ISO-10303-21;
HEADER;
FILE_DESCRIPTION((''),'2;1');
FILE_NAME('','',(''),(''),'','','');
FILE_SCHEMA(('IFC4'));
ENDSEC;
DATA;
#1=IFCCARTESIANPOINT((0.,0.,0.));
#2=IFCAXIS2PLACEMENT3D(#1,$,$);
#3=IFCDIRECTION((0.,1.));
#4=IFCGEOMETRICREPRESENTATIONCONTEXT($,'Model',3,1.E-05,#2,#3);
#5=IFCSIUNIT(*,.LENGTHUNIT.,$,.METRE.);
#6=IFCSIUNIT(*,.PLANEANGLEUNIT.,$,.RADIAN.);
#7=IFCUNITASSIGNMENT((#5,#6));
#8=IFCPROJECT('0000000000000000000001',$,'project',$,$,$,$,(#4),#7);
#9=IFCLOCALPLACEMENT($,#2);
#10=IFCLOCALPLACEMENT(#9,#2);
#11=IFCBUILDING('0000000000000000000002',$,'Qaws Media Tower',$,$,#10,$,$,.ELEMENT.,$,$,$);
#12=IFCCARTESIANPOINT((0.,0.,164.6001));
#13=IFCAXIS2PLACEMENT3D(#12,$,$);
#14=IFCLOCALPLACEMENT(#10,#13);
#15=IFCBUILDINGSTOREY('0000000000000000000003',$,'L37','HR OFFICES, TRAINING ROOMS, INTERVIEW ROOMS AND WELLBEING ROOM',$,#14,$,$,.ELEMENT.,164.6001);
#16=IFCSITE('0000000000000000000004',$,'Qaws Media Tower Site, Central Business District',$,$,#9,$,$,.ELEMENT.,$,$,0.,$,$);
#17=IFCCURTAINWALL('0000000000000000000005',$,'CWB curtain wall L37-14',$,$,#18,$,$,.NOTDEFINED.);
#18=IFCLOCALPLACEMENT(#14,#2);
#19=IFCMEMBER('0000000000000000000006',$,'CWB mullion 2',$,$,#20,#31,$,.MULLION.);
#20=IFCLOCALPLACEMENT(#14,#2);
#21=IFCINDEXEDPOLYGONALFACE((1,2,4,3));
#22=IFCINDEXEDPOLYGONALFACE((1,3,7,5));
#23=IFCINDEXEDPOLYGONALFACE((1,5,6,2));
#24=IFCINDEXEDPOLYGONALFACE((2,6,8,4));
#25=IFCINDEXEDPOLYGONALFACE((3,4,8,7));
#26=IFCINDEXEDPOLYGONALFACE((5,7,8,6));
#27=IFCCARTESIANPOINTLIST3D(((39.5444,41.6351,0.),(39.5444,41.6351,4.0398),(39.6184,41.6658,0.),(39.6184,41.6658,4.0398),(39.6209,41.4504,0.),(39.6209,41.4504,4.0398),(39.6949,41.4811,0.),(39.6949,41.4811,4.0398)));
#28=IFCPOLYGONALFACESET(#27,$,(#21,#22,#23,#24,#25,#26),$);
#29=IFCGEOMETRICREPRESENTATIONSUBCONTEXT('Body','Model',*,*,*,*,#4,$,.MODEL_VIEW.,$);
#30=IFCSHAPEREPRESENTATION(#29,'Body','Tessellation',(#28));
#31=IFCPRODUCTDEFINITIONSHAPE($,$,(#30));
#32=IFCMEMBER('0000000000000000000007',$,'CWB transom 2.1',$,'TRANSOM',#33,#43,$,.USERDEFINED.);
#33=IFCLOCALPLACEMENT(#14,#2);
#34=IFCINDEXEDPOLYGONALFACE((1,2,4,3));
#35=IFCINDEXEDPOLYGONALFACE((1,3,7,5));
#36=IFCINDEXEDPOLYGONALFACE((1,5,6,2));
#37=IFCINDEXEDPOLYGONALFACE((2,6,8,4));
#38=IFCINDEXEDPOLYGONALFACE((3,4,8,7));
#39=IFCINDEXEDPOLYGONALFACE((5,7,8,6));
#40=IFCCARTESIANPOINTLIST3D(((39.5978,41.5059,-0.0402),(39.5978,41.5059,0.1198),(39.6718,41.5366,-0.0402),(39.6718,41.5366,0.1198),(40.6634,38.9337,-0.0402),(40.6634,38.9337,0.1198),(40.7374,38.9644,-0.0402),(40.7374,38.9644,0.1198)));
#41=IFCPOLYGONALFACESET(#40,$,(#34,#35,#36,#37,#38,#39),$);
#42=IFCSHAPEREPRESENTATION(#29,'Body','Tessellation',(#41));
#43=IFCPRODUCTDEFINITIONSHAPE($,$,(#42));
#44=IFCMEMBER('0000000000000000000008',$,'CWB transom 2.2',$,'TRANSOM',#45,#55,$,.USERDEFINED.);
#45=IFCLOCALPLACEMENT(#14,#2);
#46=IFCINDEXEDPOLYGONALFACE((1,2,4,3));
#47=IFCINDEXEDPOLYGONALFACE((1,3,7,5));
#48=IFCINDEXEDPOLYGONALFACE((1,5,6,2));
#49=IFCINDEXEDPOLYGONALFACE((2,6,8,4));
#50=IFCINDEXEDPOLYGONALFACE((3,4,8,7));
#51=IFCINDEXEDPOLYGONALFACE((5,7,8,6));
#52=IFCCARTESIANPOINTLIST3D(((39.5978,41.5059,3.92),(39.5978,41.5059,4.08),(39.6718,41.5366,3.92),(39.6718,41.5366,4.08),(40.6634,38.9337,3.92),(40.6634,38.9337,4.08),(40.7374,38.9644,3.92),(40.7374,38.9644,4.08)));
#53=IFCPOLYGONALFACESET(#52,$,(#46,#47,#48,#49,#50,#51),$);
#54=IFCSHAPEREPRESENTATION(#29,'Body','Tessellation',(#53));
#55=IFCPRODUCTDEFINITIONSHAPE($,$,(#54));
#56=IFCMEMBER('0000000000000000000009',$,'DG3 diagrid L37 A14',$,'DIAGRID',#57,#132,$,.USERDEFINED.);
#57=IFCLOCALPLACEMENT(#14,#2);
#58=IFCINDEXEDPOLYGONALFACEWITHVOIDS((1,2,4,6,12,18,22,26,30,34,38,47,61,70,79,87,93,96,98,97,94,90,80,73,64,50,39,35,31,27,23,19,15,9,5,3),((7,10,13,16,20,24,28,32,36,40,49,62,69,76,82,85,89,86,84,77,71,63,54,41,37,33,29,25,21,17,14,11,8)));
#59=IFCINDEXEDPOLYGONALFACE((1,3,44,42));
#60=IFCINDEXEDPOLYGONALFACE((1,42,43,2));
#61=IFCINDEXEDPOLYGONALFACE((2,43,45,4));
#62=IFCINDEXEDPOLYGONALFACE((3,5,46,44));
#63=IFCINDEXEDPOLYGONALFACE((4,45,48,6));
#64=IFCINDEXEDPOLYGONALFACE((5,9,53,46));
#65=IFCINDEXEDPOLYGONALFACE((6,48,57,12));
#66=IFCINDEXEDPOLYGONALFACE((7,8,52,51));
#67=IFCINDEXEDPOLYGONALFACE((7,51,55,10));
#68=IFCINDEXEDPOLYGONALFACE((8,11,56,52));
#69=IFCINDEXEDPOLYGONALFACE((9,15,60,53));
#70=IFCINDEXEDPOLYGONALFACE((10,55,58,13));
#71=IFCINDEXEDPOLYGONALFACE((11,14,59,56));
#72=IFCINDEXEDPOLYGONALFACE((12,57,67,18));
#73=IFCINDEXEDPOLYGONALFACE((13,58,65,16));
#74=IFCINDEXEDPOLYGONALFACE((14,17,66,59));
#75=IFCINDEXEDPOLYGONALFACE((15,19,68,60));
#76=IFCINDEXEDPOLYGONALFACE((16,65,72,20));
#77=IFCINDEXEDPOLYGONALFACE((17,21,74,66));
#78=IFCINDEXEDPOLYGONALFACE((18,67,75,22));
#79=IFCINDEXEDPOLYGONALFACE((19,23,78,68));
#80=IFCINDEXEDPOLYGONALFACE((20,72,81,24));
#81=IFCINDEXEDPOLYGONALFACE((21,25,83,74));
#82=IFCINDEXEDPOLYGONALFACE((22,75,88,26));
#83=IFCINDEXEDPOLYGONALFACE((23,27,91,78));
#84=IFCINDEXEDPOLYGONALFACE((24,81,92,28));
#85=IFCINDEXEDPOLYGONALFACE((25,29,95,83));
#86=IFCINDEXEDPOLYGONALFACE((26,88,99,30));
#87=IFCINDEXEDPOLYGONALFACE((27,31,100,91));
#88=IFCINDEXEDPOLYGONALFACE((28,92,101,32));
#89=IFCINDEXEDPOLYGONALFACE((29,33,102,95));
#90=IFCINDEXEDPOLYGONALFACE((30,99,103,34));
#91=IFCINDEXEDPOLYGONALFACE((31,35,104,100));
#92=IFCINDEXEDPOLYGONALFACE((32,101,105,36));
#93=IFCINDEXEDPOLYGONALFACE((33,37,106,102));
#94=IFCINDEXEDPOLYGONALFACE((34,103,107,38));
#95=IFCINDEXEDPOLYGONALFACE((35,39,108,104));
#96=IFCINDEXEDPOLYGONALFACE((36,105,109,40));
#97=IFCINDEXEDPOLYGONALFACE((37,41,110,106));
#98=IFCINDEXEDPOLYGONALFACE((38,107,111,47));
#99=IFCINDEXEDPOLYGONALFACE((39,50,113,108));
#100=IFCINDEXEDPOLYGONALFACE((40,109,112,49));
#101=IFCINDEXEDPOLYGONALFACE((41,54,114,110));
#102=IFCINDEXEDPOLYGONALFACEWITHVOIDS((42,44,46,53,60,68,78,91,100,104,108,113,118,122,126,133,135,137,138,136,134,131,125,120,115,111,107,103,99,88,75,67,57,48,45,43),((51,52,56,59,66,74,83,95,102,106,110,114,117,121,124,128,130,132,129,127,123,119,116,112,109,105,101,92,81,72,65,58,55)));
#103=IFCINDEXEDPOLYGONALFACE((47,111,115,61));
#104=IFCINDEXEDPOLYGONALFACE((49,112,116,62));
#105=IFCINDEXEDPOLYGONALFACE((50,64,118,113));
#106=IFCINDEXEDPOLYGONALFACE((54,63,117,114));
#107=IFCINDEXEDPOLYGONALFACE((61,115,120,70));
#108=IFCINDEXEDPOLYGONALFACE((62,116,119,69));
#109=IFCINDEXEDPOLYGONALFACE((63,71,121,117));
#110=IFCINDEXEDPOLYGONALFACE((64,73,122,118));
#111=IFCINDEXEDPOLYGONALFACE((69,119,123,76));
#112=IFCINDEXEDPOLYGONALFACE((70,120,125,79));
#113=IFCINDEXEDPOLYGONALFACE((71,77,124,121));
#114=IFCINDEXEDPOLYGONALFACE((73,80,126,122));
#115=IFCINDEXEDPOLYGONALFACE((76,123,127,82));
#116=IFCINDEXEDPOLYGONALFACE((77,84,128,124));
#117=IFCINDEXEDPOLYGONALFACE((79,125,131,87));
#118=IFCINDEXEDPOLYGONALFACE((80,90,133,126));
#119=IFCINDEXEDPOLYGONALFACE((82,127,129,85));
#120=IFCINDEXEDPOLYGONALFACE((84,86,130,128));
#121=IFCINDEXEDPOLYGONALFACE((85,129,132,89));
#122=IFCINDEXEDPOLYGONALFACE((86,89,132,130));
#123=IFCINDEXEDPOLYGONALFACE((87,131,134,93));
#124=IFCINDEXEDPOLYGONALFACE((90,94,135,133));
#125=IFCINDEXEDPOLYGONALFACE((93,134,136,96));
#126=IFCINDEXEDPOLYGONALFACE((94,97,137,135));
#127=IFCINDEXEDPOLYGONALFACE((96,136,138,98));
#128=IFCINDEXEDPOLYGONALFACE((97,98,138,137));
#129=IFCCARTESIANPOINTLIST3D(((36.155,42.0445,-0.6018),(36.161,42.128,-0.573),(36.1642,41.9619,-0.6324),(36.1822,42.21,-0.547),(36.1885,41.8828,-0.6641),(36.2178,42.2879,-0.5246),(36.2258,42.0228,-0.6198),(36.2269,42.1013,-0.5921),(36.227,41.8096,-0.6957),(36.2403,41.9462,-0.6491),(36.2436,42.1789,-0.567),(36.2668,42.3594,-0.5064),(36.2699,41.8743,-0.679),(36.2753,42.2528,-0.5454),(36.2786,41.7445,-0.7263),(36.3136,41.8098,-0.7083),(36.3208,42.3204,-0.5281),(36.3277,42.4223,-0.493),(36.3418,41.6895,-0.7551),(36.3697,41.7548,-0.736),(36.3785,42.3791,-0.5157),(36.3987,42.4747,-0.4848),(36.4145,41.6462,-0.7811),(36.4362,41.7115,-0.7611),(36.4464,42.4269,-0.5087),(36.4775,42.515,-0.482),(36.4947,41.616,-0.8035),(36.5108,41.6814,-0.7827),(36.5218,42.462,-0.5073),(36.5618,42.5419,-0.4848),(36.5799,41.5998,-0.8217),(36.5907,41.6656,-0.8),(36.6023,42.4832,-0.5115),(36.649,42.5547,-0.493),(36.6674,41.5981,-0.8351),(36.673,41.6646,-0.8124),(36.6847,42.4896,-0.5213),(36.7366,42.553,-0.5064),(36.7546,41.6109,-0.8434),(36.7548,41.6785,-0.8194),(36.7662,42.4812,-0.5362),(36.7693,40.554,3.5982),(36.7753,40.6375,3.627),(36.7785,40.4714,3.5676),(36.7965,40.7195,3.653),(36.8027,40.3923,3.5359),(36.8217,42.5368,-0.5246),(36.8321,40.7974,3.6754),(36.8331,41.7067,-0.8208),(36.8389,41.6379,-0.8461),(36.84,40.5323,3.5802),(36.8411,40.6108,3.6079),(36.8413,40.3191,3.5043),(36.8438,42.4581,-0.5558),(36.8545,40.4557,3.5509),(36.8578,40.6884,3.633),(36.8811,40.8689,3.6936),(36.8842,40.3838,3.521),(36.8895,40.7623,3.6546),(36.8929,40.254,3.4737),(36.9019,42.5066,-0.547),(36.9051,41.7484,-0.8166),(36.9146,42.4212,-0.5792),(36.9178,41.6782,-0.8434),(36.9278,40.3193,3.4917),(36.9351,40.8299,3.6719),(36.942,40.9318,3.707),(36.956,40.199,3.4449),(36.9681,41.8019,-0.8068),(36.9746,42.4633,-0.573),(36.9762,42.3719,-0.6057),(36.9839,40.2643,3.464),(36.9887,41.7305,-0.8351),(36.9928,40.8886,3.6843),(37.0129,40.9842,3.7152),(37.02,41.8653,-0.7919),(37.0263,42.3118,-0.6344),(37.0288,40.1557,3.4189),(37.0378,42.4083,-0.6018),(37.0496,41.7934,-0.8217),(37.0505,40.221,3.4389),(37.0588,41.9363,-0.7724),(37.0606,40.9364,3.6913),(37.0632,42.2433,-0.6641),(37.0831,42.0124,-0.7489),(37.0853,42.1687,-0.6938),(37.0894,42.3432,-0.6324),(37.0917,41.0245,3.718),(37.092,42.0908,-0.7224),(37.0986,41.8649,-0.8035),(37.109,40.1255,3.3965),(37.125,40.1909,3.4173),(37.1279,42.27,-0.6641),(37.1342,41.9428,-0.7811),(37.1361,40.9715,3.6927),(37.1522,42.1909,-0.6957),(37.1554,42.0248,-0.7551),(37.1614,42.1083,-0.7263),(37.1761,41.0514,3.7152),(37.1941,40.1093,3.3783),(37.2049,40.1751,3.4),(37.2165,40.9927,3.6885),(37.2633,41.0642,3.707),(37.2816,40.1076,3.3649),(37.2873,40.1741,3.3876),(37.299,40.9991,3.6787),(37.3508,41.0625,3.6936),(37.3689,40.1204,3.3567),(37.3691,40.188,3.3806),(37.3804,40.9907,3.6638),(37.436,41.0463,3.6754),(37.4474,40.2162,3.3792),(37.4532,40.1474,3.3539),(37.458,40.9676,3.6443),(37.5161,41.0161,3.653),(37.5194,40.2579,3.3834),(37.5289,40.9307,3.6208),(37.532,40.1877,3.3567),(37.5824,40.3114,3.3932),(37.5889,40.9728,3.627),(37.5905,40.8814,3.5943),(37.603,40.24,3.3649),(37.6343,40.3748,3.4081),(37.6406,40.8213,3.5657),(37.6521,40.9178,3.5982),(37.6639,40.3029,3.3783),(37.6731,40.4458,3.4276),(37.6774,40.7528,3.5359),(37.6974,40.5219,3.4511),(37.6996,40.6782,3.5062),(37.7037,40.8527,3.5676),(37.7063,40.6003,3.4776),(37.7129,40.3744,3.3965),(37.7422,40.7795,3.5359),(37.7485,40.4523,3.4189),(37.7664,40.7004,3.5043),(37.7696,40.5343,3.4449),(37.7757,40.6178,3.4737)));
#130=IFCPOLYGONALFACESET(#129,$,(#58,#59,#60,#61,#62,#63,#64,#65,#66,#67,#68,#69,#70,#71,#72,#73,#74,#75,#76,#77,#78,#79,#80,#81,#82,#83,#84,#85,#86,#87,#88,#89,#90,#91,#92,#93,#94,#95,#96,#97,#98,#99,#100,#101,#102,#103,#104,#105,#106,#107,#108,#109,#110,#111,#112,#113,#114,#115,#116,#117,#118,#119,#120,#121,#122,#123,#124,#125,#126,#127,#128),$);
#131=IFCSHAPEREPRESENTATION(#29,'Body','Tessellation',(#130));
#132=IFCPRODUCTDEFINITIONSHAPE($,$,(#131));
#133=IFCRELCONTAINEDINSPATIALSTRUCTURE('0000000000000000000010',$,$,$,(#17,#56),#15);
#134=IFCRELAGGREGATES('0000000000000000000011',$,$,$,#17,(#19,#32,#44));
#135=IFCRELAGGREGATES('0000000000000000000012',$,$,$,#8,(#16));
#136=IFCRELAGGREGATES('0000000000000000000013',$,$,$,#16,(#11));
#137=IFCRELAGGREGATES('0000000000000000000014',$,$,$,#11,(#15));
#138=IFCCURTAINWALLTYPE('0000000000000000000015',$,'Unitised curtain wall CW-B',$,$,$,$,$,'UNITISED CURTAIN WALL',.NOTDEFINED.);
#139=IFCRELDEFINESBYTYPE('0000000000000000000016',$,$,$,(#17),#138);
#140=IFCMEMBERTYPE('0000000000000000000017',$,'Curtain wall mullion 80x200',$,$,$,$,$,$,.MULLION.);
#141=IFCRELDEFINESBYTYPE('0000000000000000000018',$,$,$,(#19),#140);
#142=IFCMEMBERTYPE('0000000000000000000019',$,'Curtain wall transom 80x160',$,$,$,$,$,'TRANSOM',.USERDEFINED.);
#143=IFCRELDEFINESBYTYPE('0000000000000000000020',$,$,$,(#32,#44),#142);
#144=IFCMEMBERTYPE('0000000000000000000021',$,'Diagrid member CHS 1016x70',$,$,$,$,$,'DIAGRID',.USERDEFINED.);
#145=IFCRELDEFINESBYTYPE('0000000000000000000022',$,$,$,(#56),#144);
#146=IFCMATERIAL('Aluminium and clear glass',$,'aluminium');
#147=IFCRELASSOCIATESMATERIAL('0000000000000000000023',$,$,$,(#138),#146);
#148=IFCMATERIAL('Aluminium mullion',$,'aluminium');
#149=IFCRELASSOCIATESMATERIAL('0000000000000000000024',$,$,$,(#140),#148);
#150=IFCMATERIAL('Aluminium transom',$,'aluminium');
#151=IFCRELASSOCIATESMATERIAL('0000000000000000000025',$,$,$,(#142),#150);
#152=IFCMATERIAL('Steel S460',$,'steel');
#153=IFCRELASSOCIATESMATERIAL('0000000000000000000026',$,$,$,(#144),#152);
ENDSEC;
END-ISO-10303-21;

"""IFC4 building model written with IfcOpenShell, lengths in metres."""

from ifc_helpers import new_model, si_unit, direction, frame, origin, origin_2d, place, context, subcontext, project, spatial, rectangle, hollow_circle, extrude, material, material_profile, profile_set, type_object, element, aggregate, save


model = new_model("IFC4")

# Units and contexts
model_context = context("Model", 3, precision=1e-05, world=origin(), true_north=direction((0.0, 1.0)))
body_context = subcontext(model_context, "Body", "Model", "MODEL_VIEW")
ifc_project = project(units=[si_unit("LENGTHUNIT", "METRE"), si_unit("PLANEANGLEUNIT", "RADIAN")], contexts=[model_context])

# Site, building, storey
site_placement = place(None, origin())
site = spatial("IfcSite", under=ifc_project, at=site_placement, Name="Qaws Media Tower Site, Central Business District", CompositionType="ELEMENT", RefElevation=0.0)
building_placement = place(site_placement, origin())
building = spatial("IfcBuilding", under=site, at=building_placement, Name="Qaws Media Tower", CompositionType="ELEMENT")
storey_placement = place(building_placement, frame((0.0, 0.0, 164.6001)))
storey = spatial("IfcBuildingStorey", under=building, at=storey_placement, Name="L37", Description="HR OFFICES, TRAINING ROOMS, INTERVIEW ROOMS AND WELLBEING ROOM", CompositionType="ELEMENT", Elevation=164.6001)

# Curtain wall, members
ifc_material_1 = material(Name="Aluminium and clear glass", Category="aluminium")
curtain_wall_type = type_object("IfcCurtainWallType", Name="Unitised curtain wall CW-B", ElementType="UNITISED CURTAIN WALL", PredefinedType="NOTDEFINED", material=ifc_material_1)
curtain_wall_placement = place(storey_placement, origin())
curtain_wall = element("IfcCurtainWall", 1, at=curtain_wall_placement, inside=storey, type_object=curtain_wall_type, Name="CWB curtain wall L37-14", PredefinedType="NOTDEFINED")
ifc_material_2 = material(Name="Aluminium mullion", Category="aluminium")
ifc_material_profile_1 = material_profile(ifc_material_2, rectangle(XDim=0.0801, YDim=0.2, at=origin_2d()), Name="80x200")
ifc_profile_set_1 = profile_set([ifc_material_profile_1], Name="Aluminium mullion")
member_type_1 = type_object("IfcMemberType", Name="Curtain wall mullion 80x200", PredefinedType="MULLION", material=ifc_profile_set_1)
member_1_placement = place(storey_placement, frame((39.6196, 41.5581, 0.0), z_axis=(0.0, 0.0, 1.0), x_axis=(0.923879, 0.382684, 0.0)))
member_1 = element("IfcMember", 2, at=member_1_placement, type_object=member_type_1, Name="CWB mullion 2", PredefinedType="MULLION", context=body_context, shape_type="SweptSolid", body=[
    extrude(rectangle(XDim=0.0801, YDim=0.2, at=origin_2d()), origin(), (0.0, 0.0, 1.0), 4.0398),
])
ifc_material_3 = material(Name="Aluminium transom", Category="aluminium")
ifc_material_profile_2 = material_profile(ifc_material_3, rectangle(XDim=0.0801, YDim=0.1599, at=origin_2d()), Name="80x160")
ifc_profile_set_2 = profile_set([ifc_material_profile_2], Name="Aluminium transom")
member_type_2 = type_object("IfcMemberType", Name="Curtain wall transom 80x160", ElementType="TRANSOM", PredefinedType="USERDEFINED", material=ifc_profile_set_2)
member_2_placement = place(storey_placement, frame((39.6348, 41.5212, 0.0398), z_axis=(0.382747, -0.923853, 0.0), x_axis=(0.923853, 0.382747, 0.0)))
member_2 = element("IfcMember", 3, at=member_2_placement, type_object=member_type_2, Name="CWB transom 2.1", ObjectType="TRANSOM", PredefinedType="USERDEFINED", context=body_context, shape_type="SweptSolid", body=[
    extrude(rectangle(XDim=0.0801, YDim=0.1599, at=origin_2d()), origin(), (0.0, 0.0, 1.0), 2.7842),
])
member_3_placement = place(storey_placement, frame((39.6348, 41.5212, 4.0), z_axis=(0.382747, -0.923853, 0.0), x_axis=(0.923853, 0.382747, 0.0)))
member_3 = element("IfcMember", 4, at=member_3_placement, type_object=member_type_2, Name="CWB transom 2.2", ObjectType="TRANSOM", PredefinedType="USERDEFINED", context=body_context, shape_type="SweptSolid", body=[
    extrude(rectangle(XDim=0.0801, YDim=0.1599, at=origin_2d()), origin(), (0.0, 0.0, 1.0), 2.7842),
])

# Member
ifc_material_4 = material(Name="Steel S460", Category="steel")
ifc_material_profile_3 = material_profile(ifc_material_4, hollow_circle(Radius=0.5081, WallThickness=0.0701, at=origin_2d()), Name="CHS 1016x70")
ifc_profile_set_3 = profile_set([ifc_material_profile_3], Name="Steel S460")
member_type_3 = type_object("IfcMemberType", Name="Diagrid member CHS 1016x70", ElementType="DIAGRID", PredefinedType="USERDEFINED", material=ifc_profile_set_3)
for number, where, z_axis, x_axis, name in (
    (5, (36.6582, 42.0764, -0.6641), (0.136541, -0.331312, 0.933589), (0.924562, 0.381032, 0.0), "DG3 diagrid L37 A14"),
):
    element("IfcMember", number, at=place(storey_placement, frame(where, z_axis=z_axis, x_axis=x_axis)), inside=storey, type_object=member_type_3, Name=name, ObjectType="DIAGRID", PredefinedType="USERDEFINED", context=body_context, shape_type="SweptSolid", body=[
        extrude(hollow_circle(Radius=0.5081, WallThickness=0.0701, at=origin_2d()), origin(), (0.0, 0.0, 1.0), 4.4988),
    ])

aggregate(curtain_wall, [member_1, member_2, member_3])

save(model, "model.ifc")
